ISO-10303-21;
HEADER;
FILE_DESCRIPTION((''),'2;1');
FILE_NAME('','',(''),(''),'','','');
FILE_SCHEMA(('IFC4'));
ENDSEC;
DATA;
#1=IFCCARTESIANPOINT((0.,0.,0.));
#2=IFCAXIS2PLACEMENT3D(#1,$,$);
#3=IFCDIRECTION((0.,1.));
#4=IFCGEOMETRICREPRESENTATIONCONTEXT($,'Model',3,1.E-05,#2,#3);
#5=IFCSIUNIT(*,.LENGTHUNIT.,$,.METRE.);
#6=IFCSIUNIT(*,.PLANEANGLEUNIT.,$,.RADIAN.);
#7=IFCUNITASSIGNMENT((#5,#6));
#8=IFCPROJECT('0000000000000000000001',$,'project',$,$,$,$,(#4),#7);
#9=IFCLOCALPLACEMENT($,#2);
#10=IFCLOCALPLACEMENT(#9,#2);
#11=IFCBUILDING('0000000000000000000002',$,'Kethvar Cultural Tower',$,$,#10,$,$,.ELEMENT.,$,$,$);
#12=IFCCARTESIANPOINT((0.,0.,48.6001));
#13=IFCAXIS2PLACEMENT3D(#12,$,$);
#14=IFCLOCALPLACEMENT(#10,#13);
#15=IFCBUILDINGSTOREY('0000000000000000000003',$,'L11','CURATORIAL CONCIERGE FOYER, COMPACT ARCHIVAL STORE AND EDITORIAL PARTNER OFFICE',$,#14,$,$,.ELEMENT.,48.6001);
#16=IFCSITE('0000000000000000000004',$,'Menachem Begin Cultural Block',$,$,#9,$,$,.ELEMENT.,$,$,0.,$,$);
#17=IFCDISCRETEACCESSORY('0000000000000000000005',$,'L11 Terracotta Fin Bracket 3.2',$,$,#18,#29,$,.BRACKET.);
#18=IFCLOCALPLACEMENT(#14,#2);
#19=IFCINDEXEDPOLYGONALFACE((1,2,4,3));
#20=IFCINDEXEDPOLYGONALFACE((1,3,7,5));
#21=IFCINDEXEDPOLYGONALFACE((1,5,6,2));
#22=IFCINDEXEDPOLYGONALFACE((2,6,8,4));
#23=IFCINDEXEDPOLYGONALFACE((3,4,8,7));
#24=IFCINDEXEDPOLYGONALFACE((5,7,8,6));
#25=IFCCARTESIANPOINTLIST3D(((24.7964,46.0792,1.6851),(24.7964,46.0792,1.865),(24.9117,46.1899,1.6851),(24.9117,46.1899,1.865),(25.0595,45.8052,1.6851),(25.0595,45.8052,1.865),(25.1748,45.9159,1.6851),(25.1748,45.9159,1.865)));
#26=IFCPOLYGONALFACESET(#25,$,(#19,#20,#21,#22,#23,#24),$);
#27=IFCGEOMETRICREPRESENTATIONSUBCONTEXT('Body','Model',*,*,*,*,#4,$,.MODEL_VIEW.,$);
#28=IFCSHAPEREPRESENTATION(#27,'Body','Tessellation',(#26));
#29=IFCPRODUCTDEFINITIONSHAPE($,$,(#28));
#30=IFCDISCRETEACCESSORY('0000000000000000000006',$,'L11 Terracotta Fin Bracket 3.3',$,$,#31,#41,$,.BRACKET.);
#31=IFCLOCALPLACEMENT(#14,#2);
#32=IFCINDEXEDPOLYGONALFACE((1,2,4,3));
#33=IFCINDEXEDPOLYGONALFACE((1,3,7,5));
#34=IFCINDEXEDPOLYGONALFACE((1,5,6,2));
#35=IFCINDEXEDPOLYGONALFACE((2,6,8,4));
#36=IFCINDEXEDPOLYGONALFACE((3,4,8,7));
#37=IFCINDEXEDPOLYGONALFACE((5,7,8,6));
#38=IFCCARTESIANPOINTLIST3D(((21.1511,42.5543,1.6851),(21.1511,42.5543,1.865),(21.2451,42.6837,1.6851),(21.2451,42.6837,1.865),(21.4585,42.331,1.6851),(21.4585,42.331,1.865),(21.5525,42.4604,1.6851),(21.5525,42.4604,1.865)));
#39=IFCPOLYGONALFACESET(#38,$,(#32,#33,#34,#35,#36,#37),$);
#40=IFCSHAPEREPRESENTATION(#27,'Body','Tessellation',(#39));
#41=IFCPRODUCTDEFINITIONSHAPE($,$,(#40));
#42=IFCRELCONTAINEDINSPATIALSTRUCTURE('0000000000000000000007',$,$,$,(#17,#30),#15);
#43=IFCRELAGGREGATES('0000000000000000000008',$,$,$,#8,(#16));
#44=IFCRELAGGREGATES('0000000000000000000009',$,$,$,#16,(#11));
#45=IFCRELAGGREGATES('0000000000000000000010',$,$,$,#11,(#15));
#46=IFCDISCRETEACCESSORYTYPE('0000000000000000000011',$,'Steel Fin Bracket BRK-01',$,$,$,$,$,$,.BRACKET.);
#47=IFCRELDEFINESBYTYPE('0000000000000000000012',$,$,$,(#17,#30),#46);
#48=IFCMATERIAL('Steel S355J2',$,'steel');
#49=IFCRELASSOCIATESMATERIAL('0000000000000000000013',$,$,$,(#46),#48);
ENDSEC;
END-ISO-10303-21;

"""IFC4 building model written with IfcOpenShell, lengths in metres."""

from ifc_helpers import new_model, si_unit, direction, frame, origin, origin_2d, place, context, subcontext, project, spatial, rectangle, extrude, source, transform, mapped, material, type_object, element, save


model = new_model("IFC4")

# Units and contexts
model_context = context("Model", 3, precision=1e-05, world=origin(), true_north=direction((0.0, 1.0)))
body_context = subcontext(model_context, "Body", "Model", "MODEL_VIEW")
ifc_project = project(units=[si_unit("LENGTHUNIT", "METRE"), si_unit("PLANEANGLEUNIT", "RADIAN")], contexts=[model_context])

# Site, building, storey
site_placement = place(None, origin())
site = spatial("IfcSite", under=ifc_project, at=site_placement, Name="Menachem Begin Cultural Block", CompositionType="ELEMENT", RefElevation=0.0)
building_placement = place(site_placement, origin())
building = spatial("IfcBuilding", under=site, at=building_placement, Name="Kethvar Cultural Tower", CompositionType="ELEMENT")
storey_placement = place(building_placement, frame((0.0, 0.0, 48.6001)))
storey = spatial("IfcBuildingStorey", under=building, at=storey_placement, Name="L11", Description="CURATORIAL CONCIERGE FOYER, COMPACT ARCHIVAL STORE AND EDITORIAL PARTNER OFFICE", CompositionType="ELEMENT", Elevation=48.6001)

# Shared definitions
ifc_material_1 = material(Name="Steel S355J2", Category="steel")

# Discrete accessories
discrete_accessory_type = type_object("IfcDiscreteAccessoryType", Name="Steel Fin Bracket BRK-01", PredefinedType="BRACKET", material=ifc_material_1)
shared_shape_1 = source(origin(), body_context, "Body", "SweptSolid", [
    extrude(rectangle(XDim=0.3799, YDim=0.1599, at=origin_2d()), origin(), (0.0, 0.0, 1.0), 0.1799),
])
for number, where, z_axis, x_axis, name in (
    (1, (24.9856, 45.9976, 1.6851), (0.0, 0.0, 1.0), (-0.692647, 0.721277, 0.0), "L11 Terracotta Fin Bracket 3.2"),
    (2, (21.3518, 42.5073, 1.6851), (0.0, 0.0, 1.0), (-0.809017, 0.587785, 0.0), "L11 Terracotta Fin Bracket 3.3"),
):
    element("IfcDiscreteAccessory", number, at=place(storey_placement, frame(where, z_axis=z_axis, x_axis=x_axis)), inside=storey, type_object=discrete_accessory_type, Name=name, PredefinedType="BRACKET", context=body_context, shape_type="MappedRepresentation", body=[
        mapped(shared_shape_1, transform((0.0, 0.0, 0.0), scale=1.0)),
    ])

save(model, "model.ifc")
